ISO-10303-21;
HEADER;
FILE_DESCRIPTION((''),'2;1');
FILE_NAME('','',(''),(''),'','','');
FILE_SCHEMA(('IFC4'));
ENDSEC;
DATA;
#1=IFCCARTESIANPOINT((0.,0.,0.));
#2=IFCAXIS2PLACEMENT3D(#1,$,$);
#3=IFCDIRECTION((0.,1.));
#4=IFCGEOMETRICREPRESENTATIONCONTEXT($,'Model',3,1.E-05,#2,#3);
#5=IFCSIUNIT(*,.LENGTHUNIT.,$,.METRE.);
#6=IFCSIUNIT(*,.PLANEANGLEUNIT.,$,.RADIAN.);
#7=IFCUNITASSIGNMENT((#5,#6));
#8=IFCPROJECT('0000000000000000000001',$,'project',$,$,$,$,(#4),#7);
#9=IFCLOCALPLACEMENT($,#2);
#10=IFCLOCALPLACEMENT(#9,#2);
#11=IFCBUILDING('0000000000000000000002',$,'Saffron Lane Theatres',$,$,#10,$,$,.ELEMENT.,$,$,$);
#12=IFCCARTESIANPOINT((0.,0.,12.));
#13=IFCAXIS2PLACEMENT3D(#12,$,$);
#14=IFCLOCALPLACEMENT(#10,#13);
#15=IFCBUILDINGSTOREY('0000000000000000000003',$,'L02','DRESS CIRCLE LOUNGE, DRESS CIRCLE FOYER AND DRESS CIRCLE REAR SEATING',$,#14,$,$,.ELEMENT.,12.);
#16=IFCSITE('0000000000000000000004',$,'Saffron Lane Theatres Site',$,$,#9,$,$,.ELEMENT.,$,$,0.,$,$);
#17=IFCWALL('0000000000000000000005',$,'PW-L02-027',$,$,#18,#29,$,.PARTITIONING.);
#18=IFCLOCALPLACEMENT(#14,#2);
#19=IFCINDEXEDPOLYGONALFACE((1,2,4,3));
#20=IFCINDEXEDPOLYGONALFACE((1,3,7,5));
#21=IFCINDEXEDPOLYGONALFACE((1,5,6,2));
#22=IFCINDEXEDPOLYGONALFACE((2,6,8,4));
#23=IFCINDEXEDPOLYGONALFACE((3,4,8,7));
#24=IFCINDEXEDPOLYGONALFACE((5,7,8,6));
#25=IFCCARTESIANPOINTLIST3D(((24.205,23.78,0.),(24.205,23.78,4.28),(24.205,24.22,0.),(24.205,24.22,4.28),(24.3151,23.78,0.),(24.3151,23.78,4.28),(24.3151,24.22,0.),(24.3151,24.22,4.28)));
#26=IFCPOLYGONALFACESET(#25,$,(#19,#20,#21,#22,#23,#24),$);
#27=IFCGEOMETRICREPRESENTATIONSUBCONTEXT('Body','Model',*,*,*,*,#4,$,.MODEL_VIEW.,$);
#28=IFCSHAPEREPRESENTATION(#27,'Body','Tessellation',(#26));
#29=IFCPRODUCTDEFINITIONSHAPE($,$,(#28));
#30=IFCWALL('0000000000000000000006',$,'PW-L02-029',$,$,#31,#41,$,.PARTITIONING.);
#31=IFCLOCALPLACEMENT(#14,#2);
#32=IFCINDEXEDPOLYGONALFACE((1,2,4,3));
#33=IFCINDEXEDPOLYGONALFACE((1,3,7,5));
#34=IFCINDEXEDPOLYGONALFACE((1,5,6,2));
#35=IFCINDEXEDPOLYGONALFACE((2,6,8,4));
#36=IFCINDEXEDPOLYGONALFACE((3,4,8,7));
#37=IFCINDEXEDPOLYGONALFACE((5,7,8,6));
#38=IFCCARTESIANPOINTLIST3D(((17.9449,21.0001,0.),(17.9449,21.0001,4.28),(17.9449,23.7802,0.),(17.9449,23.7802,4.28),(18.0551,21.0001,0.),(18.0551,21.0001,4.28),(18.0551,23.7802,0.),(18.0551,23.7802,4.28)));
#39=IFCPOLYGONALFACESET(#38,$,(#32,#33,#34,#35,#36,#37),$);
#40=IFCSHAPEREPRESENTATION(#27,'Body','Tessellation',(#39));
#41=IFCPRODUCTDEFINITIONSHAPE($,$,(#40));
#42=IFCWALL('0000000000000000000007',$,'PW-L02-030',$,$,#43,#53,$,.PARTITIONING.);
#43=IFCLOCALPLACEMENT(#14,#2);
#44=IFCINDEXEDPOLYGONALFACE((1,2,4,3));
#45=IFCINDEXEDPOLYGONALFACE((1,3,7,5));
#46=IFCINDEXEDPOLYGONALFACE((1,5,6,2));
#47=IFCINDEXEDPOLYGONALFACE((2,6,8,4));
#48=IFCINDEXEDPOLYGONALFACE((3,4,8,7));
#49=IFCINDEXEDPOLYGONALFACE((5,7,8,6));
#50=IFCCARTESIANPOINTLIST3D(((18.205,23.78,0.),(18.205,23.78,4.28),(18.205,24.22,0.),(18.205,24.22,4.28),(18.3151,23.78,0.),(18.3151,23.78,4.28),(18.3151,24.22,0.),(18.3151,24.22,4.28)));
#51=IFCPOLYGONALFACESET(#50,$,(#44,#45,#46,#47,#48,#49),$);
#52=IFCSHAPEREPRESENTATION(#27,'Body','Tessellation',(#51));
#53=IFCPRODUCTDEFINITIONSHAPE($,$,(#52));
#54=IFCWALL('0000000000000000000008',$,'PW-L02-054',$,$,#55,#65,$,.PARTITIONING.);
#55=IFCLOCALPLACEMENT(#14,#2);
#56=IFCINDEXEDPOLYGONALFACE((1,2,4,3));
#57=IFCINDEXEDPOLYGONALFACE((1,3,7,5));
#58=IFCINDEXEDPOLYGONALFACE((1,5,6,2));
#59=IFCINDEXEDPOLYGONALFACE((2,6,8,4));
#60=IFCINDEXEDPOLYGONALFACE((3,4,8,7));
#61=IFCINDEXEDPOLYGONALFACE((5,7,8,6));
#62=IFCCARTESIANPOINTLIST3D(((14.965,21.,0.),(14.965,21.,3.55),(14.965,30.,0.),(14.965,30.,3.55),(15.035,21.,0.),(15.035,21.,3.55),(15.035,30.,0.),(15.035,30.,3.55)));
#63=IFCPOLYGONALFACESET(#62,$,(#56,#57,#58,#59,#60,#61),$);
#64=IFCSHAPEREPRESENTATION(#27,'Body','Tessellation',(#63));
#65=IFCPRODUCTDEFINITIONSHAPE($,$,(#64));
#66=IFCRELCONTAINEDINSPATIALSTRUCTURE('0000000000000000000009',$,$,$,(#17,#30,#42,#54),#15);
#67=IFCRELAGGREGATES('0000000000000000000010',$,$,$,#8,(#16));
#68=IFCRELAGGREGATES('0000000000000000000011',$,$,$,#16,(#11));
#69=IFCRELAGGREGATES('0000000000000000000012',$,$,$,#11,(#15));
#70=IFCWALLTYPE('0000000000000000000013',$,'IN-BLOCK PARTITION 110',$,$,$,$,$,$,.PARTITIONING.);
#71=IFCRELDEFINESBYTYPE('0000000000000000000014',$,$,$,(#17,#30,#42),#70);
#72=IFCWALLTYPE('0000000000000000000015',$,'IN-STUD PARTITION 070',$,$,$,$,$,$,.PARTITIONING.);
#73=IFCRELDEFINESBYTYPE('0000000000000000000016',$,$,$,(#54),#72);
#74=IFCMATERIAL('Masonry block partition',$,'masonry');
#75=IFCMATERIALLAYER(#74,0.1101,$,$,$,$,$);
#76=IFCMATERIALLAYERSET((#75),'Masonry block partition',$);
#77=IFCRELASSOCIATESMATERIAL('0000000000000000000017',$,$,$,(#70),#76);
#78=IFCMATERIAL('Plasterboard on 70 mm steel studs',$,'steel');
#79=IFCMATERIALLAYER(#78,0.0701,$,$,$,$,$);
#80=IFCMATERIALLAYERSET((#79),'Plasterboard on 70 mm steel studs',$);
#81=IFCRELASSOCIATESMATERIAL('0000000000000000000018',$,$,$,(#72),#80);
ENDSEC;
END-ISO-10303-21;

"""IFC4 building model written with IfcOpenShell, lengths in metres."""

from ifc_helpers import new_model, si_unit, direction, frame, frame_2d, origin, place, context, subcontext, project, spatial, rectangle, extrude, material, layer, layer_set, type_object, element, save


model = new_model("IFC4")

# Units and contexts
model_context = context("Model", 3, precision=1e-05, world=origin(), true_north=direction((0.0, 1.0)))
body_context = subcontext(model_context, "Body", "Model", "MODEL_VIEW")
ifc_project = project(units=[si_unit("LENGTHUNIT", "METRE"), si_unit("PLANEANGLEUNIT", "RADIAN")], contexts=[model_context])

# Site, building, storey
site_placement = place(None, origin())
site = spatial("IfcSite", under=ifc_project, at=site_placement, Name="Saffron Lane Theatres Site", CompositionType="ELEMENT", RefElevation=0.0)
building_placement = place(site_placement, origin())
building = spatial("IfcBuilding", under=site, at=building_placement, Name="Saffron Lane Theatres", CompositionType="ELEMENT")
storey_placement = place(building_placement, frame((0.0, 0.0, 12.0)))
storey = spatial("IfcBuildingStorey", under=building, at=storey_placement, Name="L02", Description="DRESS CIRCLE LOUNGE, DRESS CIRCLE FOYER AND DRESS CIRCLE REAR SEATING", CompositionType="ELEMENT", Elevation=12.0)

# Shared definitions
ifc_material_1 = material(Name="Masonry block partition", Category="masonry")
ifc_layer_1 = layer(ifc_material_1, 0.1101)
ifc_layer_set_1 = layer_set([ifc_layer_1], Name="Masonry block partition")
wall_type_1 = type_object("IfcWallType", Name="IN-BLOCK PARTITION 110", PredefinedType="PARTITIONING", material=ifc_layer_set_1)

# Walls
wall_1_placement = place(storey_placement, frame((24.26, 23.78, 0.0), z_axis=(0.0, 0.0, 1.0), x_axis=(0.0, 1.0, 0.0)))
element("IfcWall", 1, at=wall_1_placement, inside=storey, type_object=wall_type_1, Name="PW-L02-027", PredefinedType="PARTITIONING", context=body_context, shape_type="SweptSolid", body=[
    extrude(rectangle(XDim=0.4399, YDim=0.1101, at=frame_2d((0.22, 0.0))), origin(), (0.0, 0.0, 1.0), 4.28),
])
wall_2_placement = place(storey_placement, frame((18.0, 21.0, 0.0), z_axis=(0.0, 0.0, 1.0), x_axis=(0.0, 1.0, 0.0)))
element("IfcWall", 2, at=wall_2_placement, inside=storey, type_object=wall_type_1, Name="PW-L02-029", PredefinedType="PARTITIONING", context=body_context, shape_type="SweptSolid", body=[
    extrude(rectangle(XDim=2.78, YDim=0.1101, at=frame_2d((1.3901, 0.0))), origin(), (0.0, 0.0, 1.0), 4.28),
])
wall_3_placement = place(storey_placement, frame((18.26, 23.78, 0.0), z_axis=(0.0, 0.0, 1.0), x_axis=(0.0, 1.0, 0.0)))
element("IfcWall", 3, at=wall_3_placement, inside=storey, type_object=wall_type_1, Name="PW-L02-030", PredefinedType="PARTITIONING", context=body_context, shape_type="SweptSolid", body=[
    extrude(rectangle(XDim=0.4399, YDim=0.1101, at=frame_2d((0.22, 0.0))), origin(), (0.0, 0.0, 1.0), 4.28),
])
ifc_material_2 = material(Name="Plasterboard on 70 mm steel studs", Category="steel")
ifc_layer_2 = layer(ifc_material_2, 0.0701)
ifc_layer_set_2 = layer_set([ifc_layer_2], Name="Plasterboard on 70 mm steel studs")
wall_type_2 = type_object("IfcWallType", Name="IN-STUD PARTITION 070", PredefinedType="PARTITIONING", material=ifc_layer_set_2)
wall_4_placement = place(storey_placement, frame((15.0, 21.0, 0.0), z_axis=(0.0, 0.0, 1.0), x_axis=(0.0, 1.0, 0.0)))
element("IfcWall", 4, at=wall_4_placement, inside=storey, type_object=wall_type_2, Name="PW-L02-054", PredefinedType="PARTITIONING", context=body_context, shape_type="SweptSolid", body=[
    extrude(rectangle(XDim=9.0, YDim=0.0701, at=frame_2d((4.5, 0.0))), origin(), (0.0, 0.0, 1.0), 3.55),
])

save(model, "model.ifc")
